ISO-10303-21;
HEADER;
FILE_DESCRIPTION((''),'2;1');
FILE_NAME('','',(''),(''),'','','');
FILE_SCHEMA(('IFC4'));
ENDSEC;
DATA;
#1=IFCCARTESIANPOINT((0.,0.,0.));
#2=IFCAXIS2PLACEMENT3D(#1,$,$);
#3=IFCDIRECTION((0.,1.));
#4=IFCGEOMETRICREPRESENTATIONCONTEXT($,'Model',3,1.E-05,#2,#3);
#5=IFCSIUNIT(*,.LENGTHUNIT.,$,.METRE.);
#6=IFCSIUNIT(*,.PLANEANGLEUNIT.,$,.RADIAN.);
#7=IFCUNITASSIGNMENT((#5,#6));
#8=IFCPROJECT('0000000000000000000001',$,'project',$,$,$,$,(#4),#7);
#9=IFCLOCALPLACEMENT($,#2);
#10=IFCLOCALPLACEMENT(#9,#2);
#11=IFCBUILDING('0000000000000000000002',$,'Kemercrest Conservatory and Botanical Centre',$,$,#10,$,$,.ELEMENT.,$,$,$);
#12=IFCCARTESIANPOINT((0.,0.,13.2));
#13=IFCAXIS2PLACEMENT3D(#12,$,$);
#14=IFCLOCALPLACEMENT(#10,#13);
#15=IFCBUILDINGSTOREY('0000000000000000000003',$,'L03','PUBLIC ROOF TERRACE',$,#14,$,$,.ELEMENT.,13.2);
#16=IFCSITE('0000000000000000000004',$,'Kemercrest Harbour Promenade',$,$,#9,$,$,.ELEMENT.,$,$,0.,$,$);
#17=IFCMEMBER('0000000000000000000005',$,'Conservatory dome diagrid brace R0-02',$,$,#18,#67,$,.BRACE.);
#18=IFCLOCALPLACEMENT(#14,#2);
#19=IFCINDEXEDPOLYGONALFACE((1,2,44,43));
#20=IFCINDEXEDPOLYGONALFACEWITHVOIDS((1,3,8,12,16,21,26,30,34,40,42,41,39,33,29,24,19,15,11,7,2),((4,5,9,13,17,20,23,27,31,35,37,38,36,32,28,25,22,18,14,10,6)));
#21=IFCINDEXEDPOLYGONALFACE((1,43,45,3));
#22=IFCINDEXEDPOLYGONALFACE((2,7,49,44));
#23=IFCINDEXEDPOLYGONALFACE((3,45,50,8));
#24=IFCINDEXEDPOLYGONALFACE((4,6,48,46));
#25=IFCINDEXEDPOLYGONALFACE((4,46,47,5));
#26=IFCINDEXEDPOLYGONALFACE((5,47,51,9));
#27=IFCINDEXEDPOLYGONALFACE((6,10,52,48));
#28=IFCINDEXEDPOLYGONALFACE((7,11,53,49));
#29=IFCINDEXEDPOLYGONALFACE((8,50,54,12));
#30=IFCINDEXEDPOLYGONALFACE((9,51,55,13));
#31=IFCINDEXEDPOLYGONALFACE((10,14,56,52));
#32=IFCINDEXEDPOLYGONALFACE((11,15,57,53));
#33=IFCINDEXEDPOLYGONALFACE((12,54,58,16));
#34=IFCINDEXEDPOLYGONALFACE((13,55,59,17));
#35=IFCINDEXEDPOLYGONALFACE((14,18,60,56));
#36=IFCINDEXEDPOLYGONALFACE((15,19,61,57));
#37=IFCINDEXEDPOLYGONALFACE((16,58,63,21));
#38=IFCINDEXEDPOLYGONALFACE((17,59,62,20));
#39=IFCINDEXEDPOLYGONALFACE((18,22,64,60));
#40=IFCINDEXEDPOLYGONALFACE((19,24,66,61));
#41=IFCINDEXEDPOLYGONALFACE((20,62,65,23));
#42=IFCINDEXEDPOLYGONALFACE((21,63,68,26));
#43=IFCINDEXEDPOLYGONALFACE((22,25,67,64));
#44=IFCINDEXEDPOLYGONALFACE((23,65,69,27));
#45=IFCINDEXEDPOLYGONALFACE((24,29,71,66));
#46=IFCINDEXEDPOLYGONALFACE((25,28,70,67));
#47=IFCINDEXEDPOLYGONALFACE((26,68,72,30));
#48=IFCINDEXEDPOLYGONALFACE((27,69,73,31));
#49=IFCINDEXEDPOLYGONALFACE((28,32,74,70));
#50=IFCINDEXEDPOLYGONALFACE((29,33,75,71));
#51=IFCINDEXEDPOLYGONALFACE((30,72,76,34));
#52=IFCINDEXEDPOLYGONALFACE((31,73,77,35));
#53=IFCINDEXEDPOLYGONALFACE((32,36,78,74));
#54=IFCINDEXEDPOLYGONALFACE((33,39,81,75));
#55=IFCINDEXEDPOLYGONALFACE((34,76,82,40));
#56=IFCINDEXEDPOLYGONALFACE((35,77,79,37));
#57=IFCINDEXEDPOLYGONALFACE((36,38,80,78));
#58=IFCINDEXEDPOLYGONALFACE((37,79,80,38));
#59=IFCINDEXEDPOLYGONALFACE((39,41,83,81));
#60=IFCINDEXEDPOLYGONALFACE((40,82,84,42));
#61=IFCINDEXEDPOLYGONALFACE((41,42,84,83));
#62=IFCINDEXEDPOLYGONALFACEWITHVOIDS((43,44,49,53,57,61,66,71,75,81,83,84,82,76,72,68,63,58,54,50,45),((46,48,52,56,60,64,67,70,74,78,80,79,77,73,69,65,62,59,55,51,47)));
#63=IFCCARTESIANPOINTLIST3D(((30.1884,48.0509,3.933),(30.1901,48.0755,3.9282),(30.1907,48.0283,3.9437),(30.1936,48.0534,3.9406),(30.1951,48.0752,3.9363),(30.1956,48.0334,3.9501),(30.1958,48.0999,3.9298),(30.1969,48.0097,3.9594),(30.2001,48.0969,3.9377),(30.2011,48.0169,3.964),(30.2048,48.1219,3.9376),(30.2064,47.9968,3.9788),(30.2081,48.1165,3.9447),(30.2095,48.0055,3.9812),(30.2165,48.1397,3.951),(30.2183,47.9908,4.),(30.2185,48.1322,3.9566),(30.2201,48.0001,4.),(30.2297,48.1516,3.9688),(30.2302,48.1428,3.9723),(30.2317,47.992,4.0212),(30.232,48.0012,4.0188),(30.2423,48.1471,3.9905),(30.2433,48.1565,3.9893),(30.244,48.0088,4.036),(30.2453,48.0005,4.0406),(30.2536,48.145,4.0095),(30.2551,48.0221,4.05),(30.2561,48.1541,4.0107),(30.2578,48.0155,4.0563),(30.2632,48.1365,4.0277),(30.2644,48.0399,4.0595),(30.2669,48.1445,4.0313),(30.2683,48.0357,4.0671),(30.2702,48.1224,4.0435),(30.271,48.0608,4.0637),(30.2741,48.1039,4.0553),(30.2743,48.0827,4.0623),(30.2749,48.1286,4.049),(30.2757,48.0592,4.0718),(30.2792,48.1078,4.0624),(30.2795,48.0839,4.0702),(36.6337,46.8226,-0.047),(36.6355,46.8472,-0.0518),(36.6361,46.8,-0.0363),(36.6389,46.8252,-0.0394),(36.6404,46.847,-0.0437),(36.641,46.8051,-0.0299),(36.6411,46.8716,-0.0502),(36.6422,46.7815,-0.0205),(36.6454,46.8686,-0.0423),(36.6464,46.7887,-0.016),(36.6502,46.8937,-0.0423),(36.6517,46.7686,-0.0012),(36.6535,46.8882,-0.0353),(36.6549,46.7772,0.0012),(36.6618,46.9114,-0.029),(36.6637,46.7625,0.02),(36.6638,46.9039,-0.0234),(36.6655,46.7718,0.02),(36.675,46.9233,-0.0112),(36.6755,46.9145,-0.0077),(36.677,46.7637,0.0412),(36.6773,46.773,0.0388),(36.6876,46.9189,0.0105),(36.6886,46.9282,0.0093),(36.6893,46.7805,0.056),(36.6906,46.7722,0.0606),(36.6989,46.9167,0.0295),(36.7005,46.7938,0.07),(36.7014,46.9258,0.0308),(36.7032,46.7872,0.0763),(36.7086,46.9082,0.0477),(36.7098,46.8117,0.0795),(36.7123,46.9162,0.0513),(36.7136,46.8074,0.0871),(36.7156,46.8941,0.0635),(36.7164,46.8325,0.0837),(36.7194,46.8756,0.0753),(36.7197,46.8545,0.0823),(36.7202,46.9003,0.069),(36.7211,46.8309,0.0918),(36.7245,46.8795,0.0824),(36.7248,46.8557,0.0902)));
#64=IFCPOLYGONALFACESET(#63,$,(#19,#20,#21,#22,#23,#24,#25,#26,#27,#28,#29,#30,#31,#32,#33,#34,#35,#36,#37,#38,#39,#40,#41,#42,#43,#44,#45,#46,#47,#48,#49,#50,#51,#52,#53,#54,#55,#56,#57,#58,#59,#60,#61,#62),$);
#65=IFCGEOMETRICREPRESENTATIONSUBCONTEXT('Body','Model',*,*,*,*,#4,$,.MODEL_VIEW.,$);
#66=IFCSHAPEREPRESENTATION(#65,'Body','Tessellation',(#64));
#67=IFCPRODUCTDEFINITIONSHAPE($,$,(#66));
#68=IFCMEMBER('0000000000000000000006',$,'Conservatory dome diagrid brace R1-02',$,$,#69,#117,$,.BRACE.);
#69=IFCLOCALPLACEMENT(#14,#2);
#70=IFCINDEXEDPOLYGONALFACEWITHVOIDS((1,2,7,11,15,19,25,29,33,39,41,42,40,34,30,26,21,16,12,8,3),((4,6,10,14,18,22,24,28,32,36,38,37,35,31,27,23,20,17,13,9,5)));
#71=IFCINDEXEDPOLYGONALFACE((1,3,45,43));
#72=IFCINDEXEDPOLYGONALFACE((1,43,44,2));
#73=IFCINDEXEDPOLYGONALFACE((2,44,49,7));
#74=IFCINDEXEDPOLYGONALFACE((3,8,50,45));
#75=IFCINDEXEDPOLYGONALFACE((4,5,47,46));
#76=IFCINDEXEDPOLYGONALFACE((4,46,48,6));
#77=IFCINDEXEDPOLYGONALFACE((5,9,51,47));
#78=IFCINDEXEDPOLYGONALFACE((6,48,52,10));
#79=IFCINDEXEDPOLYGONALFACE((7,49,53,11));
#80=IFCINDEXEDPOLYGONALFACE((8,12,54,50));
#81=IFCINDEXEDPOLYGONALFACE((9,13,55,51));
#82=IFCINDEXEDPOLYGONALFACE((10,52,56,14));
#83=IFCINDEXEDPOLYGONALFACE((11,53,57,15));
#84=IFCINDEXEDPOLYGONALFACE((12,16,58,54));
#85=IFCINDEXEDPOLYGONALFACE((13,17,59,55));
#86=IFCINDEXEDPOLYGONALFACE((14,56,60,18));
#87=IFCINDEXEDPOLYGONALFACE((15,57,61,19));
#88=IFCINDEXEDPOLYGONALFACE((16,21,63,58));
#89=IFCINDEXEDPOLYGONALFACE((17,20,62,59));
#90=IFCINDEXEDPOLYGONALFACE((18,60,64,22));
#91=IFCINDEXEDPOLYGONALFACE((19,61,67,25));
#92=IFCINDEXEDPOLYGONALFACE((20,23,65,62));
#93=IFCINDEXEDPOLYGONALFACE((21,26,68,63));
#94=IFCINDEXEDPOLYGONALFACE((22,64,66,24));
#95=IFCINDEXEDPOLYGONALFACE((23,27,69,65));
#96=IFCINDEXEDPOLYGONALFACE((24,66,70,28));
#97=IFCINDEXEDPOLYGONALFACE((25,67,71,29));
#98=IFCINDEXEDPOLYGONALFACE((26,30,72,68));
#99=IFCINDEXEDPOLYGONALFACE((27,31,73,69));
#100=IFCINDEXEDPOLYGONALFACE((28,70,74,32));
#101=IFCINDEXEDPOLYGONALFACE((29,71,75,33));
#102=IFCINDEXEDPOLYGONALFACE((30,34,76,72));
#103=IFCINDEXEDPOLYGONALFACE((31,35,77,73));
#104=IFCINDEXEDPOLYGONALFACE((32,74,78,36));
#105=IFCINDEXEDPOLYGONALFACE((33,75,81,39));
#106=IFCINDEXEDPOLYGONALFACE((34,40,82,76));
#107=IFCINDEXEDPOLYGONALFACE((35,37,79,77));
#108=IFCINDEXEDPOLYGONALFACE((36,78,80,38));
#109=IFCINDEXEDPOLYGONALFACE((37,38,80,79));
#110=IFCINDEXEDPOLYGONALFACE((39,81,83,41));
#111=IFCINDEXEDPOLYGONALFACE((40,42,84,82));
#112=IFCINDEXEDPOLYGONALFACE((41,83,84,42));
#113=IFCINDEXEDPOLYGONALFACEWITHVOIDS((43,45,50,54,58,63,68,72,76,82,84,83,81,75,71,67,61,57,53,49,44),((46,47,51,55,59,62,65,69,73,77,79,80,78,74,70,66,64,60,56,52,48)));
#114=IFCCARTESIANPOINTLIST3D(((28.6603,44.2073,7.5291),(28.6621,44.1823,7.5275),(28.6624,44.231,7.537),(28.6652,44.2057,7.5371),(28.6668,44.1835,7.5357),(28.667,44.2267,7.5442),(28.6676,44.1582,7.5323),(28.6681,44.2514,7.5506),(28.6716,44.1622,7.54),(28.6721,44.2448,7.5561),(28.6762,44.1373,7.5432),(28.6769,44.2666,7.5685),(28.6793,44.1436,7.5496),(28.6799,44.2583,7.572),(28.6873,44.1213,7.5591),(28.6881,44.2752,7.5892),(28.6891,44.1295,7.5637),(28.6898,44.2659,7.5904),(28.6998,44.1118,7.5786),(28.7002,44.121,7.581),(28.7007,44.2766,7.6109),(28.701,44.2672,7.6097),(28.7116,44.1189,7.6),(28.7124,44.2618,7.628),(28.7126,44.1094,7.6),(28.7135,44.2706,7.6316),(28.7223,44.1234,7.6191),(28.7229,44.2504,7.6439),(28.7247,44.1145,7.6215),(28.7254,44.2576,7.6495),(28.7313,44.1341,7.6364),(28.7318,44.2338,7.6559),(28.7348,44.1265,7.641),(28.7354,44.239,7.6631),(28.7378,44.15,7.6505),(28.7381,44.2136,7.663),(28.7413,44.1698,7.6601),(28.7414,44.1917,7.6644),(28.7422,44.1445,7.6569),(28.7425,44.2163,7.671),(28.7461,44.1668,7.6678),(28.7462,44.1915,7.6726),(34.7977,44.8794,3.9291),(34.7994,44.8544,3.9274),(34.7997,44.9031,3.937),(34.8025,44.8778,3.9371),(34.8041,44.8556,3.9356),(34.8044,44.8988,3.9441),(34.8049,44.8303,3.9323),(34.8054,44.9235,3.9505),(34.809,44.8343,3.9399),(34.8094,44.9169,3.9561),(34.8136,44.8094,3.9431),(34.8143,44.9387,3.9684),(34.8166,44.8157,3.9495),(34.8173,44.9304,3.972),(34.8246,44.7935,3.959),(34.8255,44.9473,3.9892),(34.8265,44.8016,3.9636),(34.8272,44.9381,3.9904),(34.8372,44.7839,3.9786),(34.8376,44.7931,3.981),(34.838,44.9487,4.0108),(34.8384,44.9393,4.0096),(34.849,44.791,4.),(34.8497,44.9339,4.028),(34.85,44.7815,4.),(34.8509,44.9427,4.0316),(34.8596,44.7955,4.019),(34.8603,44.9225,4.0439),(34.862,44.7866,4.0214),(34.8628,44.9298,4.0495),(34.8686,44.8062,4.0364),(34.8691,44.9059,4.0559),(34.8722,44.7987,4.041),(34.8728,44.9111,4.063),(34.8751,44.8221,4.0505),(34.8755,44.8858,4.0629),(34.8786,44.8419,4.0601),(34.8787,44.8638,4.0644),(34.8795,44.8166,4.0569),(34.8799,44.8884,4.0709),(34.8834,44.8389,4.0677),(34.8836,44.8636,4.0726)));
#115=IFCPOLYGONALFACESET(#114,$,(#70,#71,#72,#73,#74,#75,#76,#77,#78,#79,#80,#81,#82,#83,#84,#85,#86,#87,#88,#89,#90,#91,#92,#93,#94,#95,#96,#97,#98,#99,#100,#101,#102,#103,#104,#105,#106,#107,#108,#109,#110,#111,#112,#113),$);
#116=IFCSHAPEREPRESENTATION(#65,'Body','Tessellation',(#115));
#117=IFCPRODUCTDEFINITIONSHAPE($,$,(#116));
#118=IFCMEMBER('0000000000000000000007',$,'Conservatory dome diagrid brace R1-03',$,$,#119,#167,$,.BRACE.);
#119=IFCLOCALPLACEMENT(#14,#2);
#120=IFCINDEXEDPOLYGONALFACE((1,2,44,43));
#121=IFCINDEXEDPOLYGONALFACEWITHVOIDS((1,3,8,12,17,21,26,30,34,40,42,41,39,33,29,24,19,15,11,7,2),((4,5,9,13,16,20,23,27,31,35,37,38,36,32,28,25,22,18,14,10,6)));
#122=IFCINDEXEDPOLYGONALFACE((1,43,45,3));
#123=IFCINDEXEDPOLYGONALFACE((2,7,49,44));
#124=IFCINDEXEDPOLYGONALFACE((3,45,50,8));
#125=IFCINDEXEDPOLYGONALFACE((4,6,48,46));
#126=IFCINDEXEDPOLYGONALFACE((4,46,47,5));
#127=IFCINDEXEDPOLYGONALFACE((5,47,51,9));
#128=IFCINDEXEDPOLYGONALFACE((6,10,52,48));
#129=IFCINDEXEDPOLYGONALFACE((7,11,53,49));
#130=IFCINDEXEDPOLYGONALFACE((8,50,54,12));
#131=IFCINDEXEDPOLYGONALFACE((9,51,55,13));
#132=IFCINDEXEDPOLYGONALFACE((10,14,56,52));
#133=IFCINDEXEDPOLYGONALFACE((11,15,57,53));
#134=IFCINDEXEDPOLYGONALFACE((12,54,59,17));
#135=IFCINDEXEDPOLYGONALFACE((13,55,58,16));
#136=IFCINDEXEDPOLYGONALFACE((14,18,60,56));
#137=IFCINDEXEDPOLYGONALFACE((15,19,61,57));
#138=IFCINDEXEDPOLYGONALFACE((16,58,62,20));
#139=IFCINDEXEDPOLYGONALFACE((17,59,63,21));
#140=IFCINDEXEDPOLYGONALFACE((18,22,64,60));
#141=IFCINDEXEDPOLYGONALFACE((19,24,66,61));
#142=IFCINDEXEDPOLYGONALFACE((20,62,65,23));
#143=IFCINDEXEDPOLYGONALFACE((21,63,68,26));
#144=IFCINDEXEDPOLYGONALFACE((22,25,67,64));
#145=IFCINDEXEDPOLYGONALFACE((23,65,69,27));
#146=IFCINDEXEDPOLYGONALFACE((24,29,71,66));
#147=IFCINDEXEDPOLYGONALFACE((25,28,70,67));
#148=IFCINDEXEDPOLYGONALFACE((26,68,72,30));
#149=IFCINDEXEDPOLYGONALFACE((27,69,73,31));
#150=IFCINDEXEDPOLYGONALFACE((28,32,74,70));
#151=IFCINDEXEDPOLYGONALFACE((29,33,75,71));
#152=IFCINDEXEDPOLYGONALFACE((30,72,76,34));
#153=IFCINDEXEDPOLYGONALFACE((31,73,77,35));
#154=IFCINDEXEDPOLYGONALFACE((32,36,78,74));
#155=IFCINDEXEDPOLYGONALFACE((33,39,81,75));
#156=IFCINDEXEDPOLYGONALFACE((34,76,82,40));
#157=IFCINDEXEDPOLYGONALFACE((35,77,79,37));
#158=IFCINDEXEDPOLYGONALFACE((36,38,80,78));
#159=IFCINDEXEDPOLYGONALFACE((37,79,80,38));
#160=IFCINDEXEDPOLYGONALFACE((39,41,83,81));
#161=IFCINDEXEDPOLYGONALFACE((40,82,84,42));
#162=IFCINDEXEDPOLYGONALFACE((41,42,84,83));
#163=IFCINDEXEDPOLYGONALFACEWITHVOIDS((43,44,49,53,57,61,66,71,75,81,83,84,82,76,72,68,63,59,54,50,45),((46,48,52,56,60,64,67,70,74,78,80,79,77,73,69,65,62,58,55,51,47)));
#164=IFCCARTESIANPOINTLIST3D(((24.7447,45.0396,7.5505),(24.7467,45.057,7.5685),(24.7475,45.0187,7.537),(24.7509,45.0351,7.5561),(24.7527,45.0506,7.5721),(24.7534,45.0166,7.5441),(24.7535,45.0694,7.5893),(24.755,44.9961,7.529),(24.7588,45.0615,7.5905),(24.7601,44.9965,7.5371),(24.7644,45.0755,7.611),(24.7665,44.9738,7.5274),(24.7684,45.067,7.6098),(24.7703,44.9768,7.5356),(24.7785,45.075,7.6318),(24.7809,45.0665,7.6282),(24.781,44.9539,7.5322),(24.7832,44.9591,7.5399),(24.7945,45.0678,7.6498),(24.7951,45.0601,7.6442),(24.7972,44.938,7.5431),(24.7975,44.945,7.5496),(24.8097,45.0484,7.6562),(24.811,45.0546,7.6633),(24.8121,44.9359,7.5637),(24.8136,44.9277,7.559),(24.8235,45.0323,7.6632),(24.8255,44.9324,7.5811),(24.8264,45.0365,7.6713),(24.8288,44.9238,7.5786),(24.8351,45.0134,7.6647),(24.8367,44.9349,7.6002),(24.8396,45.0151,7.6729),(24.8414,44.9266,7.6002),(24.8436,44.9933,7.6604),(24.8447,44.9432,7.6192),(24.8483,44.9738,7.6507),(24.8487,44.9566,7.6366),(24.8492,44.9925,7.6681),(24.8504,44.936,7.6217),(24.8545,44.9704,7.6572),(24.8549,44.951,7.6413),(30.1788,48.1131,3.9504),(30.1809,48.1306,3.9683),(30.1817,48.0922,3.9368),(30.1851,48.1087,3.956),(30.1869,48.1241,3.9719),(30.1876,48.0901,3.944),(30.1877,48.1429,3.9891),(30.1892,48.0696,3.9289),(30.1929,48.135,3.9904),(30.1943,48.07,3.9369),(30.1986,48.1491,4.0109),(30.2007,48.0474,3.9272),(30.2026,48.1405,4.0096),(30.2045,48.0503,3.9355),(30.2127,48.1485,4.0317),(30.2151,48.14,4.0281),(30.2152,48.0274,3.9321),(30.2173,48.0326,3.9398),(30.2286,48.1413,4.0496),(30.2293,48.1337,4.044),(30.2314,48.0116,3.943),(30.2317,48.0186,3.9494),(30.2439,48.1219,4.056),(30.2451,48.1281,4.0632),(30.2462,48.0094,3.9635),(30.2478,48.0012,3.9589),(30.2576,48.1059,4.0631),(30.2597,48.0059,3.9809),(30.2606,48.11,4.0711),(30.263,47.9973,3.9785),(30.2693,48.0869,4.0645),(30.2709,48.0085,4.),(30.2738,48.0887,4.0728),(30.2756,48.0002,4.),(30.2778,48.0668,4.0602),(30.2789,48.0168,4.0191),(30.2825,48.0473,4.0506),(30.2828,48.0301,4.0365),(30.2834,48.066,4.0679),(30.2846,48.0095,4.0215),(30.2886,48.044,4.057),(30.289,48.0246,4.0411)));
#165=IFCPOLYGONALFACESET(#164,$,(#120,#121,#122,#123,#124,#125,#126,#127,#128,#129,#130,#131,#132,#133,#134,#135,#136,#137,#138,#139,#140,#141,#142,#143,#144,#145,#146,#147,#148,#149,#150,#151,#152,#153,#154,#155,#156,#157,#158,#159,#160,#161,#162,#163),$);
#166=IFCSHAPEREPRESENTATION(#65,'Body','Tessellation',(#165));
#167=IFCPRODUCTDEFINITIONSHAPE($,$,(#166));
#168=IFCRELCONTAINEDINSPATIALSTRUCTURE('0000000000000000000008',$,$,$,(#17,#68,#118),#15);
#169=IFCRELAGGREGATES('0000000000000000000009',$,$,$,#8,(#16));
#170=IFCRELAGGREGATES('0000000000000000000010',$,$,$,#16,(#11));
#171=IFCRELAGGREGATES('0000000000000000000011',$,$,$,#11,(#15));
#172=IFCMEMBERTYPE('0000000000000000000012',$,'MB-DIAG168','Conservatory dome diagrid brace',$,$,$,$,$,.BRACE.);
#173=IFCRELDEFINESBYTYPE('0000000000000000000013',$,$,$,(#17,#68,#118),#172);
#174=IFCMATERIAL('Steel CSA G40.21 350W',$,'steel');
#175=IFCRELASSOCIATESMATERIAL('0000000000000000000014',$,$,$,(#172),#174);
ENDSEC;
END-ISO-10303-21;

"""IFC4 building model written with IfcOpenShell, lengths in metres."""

from ifc_helpers import new_model, si_unit, direction, frame, origin, origin_2d, place, context, subcontext, project, spatial, hollow_circle, extrude, material, material_profile, profile_set, type_object, element, save


model = new_model("IFC4")

# Units and contexts
model_context = context("Model", 3, precision=1e-05, world=origin(), true_north=direction((0.0, 1.0)))
body_context = subcontext(model_context, "Body", "Model", "MODEL_VIEW")
ifc_project = project(units=[si_unit("LENGTHUNIT", "METRE"), si_unit("PLANEANGLEUNIT", "RADIAN")], contexts=[model_context])

# Site, building, storey
site_placement = place(None, origin())
site = spatial("IfcSite", under=ifc_project, at=site_placement, Name="Kemercrest Harbour Promenade", CompositionType="ELEMENT", RefElevation=0.0)
building_placement = place(site_placement, origin())
building = spatial("IfcBuilding", under=site, at=building_placement, Name="Kemercrest Conservatory and Botanical Centre", CompositionType="ELEMENT")
storey_placement = place(building_placement, frame((0.0, 0.0, 13.2)))
storey = spatial("IfcBuildingStorey", under=building, at=storey_placement, Name="L03", Description="PUBLIC ROOF TERRACE", CompositionType="ELEMENT", Elevation=13.2)

# Shared definitions
ifc_material_1 = material(Name="Steel CSA G40.21 350W", Category="steel")

# Members
ifc_material_profile_1 = material_profile(ifc_material_1, hollow_circle(Radius=0.0842, WallThickness=0.0095, at=origin_2d()), Name="CHS 168.3x9.5")
ifc_profile_set_1 = profile_set([ifc_material_profile_1], Name="Steel CSA G40.21 350W")
member_type_1 = type_object("IfcMemberType", Name="MB-DIAG168", Description="Conservatory dome diagrid brace", PredefinedType="BRACE", material=ifc_profile_set_1)
member_1_placement = place(storey_placement, frame((36.6794, 46.8452, 0.02), z_axis=(-0.839885, 0.160055, 0.518629), x_axis=(-0.187199, -0.982322, 0.0)))
element("IfcMember", 1, at=member_1_placement, inside=storey, type_object=member_type_1, Name="Conservatory dome diagrid brace R0-02", PredefinedType="BRACE", context=body_context, shape_type="SweptSolid", body=[
    extrude(hollow_circle(Radius=0.0842, WallThickness=0.0095, at=origin_2d()), origin(), (0.0, 0.0, 1.0), 7.6741),
])
member_2_placement = place(storey_placement, frame((34.8408, 44.8652, 4.0), z_axis=(-0.858735, -0.094041, 0.503716), x_axis=(0.10886, -0.994057, 0.0)))
element("IfcMember", 2, at=member_2_placement, inside=storey, type_object=member_type_1, Name="Conservatory dome diagrid brace R1-02", PredefinedType="BRACE", context=body_context, shape_type="SweptSolid", body=[
    extrude(hollow_circle(Radius=0.0842, WallThickness=0.0095, at=origin_2d()), origin(), (0.0, 0.0, 1.0), 7.147),
])
member_3_placement = place(storey_placement, frame((30.2341, 48.0735, 4.0), z_axis=(-0.754034, -0.426477, 0.49955), x_axis=(0.492306, -0.870422, 0.0)))
element("IfcMember", 3, at=member_3_placement, inside=storey, type_object=member_type_1, Name="Conservatory dome diagrid brace R1-03", PredefinedType="BRACE", context=body_context, shape_type="SweptSolid", body=[
    extrude(hollow_circle(Radius=0.0842, WallThickness=0.0095, at=origin_2d()), origin(), (0.0, 0.0, 1.0), 7.2068),
])

save(model, "model.ifc")
